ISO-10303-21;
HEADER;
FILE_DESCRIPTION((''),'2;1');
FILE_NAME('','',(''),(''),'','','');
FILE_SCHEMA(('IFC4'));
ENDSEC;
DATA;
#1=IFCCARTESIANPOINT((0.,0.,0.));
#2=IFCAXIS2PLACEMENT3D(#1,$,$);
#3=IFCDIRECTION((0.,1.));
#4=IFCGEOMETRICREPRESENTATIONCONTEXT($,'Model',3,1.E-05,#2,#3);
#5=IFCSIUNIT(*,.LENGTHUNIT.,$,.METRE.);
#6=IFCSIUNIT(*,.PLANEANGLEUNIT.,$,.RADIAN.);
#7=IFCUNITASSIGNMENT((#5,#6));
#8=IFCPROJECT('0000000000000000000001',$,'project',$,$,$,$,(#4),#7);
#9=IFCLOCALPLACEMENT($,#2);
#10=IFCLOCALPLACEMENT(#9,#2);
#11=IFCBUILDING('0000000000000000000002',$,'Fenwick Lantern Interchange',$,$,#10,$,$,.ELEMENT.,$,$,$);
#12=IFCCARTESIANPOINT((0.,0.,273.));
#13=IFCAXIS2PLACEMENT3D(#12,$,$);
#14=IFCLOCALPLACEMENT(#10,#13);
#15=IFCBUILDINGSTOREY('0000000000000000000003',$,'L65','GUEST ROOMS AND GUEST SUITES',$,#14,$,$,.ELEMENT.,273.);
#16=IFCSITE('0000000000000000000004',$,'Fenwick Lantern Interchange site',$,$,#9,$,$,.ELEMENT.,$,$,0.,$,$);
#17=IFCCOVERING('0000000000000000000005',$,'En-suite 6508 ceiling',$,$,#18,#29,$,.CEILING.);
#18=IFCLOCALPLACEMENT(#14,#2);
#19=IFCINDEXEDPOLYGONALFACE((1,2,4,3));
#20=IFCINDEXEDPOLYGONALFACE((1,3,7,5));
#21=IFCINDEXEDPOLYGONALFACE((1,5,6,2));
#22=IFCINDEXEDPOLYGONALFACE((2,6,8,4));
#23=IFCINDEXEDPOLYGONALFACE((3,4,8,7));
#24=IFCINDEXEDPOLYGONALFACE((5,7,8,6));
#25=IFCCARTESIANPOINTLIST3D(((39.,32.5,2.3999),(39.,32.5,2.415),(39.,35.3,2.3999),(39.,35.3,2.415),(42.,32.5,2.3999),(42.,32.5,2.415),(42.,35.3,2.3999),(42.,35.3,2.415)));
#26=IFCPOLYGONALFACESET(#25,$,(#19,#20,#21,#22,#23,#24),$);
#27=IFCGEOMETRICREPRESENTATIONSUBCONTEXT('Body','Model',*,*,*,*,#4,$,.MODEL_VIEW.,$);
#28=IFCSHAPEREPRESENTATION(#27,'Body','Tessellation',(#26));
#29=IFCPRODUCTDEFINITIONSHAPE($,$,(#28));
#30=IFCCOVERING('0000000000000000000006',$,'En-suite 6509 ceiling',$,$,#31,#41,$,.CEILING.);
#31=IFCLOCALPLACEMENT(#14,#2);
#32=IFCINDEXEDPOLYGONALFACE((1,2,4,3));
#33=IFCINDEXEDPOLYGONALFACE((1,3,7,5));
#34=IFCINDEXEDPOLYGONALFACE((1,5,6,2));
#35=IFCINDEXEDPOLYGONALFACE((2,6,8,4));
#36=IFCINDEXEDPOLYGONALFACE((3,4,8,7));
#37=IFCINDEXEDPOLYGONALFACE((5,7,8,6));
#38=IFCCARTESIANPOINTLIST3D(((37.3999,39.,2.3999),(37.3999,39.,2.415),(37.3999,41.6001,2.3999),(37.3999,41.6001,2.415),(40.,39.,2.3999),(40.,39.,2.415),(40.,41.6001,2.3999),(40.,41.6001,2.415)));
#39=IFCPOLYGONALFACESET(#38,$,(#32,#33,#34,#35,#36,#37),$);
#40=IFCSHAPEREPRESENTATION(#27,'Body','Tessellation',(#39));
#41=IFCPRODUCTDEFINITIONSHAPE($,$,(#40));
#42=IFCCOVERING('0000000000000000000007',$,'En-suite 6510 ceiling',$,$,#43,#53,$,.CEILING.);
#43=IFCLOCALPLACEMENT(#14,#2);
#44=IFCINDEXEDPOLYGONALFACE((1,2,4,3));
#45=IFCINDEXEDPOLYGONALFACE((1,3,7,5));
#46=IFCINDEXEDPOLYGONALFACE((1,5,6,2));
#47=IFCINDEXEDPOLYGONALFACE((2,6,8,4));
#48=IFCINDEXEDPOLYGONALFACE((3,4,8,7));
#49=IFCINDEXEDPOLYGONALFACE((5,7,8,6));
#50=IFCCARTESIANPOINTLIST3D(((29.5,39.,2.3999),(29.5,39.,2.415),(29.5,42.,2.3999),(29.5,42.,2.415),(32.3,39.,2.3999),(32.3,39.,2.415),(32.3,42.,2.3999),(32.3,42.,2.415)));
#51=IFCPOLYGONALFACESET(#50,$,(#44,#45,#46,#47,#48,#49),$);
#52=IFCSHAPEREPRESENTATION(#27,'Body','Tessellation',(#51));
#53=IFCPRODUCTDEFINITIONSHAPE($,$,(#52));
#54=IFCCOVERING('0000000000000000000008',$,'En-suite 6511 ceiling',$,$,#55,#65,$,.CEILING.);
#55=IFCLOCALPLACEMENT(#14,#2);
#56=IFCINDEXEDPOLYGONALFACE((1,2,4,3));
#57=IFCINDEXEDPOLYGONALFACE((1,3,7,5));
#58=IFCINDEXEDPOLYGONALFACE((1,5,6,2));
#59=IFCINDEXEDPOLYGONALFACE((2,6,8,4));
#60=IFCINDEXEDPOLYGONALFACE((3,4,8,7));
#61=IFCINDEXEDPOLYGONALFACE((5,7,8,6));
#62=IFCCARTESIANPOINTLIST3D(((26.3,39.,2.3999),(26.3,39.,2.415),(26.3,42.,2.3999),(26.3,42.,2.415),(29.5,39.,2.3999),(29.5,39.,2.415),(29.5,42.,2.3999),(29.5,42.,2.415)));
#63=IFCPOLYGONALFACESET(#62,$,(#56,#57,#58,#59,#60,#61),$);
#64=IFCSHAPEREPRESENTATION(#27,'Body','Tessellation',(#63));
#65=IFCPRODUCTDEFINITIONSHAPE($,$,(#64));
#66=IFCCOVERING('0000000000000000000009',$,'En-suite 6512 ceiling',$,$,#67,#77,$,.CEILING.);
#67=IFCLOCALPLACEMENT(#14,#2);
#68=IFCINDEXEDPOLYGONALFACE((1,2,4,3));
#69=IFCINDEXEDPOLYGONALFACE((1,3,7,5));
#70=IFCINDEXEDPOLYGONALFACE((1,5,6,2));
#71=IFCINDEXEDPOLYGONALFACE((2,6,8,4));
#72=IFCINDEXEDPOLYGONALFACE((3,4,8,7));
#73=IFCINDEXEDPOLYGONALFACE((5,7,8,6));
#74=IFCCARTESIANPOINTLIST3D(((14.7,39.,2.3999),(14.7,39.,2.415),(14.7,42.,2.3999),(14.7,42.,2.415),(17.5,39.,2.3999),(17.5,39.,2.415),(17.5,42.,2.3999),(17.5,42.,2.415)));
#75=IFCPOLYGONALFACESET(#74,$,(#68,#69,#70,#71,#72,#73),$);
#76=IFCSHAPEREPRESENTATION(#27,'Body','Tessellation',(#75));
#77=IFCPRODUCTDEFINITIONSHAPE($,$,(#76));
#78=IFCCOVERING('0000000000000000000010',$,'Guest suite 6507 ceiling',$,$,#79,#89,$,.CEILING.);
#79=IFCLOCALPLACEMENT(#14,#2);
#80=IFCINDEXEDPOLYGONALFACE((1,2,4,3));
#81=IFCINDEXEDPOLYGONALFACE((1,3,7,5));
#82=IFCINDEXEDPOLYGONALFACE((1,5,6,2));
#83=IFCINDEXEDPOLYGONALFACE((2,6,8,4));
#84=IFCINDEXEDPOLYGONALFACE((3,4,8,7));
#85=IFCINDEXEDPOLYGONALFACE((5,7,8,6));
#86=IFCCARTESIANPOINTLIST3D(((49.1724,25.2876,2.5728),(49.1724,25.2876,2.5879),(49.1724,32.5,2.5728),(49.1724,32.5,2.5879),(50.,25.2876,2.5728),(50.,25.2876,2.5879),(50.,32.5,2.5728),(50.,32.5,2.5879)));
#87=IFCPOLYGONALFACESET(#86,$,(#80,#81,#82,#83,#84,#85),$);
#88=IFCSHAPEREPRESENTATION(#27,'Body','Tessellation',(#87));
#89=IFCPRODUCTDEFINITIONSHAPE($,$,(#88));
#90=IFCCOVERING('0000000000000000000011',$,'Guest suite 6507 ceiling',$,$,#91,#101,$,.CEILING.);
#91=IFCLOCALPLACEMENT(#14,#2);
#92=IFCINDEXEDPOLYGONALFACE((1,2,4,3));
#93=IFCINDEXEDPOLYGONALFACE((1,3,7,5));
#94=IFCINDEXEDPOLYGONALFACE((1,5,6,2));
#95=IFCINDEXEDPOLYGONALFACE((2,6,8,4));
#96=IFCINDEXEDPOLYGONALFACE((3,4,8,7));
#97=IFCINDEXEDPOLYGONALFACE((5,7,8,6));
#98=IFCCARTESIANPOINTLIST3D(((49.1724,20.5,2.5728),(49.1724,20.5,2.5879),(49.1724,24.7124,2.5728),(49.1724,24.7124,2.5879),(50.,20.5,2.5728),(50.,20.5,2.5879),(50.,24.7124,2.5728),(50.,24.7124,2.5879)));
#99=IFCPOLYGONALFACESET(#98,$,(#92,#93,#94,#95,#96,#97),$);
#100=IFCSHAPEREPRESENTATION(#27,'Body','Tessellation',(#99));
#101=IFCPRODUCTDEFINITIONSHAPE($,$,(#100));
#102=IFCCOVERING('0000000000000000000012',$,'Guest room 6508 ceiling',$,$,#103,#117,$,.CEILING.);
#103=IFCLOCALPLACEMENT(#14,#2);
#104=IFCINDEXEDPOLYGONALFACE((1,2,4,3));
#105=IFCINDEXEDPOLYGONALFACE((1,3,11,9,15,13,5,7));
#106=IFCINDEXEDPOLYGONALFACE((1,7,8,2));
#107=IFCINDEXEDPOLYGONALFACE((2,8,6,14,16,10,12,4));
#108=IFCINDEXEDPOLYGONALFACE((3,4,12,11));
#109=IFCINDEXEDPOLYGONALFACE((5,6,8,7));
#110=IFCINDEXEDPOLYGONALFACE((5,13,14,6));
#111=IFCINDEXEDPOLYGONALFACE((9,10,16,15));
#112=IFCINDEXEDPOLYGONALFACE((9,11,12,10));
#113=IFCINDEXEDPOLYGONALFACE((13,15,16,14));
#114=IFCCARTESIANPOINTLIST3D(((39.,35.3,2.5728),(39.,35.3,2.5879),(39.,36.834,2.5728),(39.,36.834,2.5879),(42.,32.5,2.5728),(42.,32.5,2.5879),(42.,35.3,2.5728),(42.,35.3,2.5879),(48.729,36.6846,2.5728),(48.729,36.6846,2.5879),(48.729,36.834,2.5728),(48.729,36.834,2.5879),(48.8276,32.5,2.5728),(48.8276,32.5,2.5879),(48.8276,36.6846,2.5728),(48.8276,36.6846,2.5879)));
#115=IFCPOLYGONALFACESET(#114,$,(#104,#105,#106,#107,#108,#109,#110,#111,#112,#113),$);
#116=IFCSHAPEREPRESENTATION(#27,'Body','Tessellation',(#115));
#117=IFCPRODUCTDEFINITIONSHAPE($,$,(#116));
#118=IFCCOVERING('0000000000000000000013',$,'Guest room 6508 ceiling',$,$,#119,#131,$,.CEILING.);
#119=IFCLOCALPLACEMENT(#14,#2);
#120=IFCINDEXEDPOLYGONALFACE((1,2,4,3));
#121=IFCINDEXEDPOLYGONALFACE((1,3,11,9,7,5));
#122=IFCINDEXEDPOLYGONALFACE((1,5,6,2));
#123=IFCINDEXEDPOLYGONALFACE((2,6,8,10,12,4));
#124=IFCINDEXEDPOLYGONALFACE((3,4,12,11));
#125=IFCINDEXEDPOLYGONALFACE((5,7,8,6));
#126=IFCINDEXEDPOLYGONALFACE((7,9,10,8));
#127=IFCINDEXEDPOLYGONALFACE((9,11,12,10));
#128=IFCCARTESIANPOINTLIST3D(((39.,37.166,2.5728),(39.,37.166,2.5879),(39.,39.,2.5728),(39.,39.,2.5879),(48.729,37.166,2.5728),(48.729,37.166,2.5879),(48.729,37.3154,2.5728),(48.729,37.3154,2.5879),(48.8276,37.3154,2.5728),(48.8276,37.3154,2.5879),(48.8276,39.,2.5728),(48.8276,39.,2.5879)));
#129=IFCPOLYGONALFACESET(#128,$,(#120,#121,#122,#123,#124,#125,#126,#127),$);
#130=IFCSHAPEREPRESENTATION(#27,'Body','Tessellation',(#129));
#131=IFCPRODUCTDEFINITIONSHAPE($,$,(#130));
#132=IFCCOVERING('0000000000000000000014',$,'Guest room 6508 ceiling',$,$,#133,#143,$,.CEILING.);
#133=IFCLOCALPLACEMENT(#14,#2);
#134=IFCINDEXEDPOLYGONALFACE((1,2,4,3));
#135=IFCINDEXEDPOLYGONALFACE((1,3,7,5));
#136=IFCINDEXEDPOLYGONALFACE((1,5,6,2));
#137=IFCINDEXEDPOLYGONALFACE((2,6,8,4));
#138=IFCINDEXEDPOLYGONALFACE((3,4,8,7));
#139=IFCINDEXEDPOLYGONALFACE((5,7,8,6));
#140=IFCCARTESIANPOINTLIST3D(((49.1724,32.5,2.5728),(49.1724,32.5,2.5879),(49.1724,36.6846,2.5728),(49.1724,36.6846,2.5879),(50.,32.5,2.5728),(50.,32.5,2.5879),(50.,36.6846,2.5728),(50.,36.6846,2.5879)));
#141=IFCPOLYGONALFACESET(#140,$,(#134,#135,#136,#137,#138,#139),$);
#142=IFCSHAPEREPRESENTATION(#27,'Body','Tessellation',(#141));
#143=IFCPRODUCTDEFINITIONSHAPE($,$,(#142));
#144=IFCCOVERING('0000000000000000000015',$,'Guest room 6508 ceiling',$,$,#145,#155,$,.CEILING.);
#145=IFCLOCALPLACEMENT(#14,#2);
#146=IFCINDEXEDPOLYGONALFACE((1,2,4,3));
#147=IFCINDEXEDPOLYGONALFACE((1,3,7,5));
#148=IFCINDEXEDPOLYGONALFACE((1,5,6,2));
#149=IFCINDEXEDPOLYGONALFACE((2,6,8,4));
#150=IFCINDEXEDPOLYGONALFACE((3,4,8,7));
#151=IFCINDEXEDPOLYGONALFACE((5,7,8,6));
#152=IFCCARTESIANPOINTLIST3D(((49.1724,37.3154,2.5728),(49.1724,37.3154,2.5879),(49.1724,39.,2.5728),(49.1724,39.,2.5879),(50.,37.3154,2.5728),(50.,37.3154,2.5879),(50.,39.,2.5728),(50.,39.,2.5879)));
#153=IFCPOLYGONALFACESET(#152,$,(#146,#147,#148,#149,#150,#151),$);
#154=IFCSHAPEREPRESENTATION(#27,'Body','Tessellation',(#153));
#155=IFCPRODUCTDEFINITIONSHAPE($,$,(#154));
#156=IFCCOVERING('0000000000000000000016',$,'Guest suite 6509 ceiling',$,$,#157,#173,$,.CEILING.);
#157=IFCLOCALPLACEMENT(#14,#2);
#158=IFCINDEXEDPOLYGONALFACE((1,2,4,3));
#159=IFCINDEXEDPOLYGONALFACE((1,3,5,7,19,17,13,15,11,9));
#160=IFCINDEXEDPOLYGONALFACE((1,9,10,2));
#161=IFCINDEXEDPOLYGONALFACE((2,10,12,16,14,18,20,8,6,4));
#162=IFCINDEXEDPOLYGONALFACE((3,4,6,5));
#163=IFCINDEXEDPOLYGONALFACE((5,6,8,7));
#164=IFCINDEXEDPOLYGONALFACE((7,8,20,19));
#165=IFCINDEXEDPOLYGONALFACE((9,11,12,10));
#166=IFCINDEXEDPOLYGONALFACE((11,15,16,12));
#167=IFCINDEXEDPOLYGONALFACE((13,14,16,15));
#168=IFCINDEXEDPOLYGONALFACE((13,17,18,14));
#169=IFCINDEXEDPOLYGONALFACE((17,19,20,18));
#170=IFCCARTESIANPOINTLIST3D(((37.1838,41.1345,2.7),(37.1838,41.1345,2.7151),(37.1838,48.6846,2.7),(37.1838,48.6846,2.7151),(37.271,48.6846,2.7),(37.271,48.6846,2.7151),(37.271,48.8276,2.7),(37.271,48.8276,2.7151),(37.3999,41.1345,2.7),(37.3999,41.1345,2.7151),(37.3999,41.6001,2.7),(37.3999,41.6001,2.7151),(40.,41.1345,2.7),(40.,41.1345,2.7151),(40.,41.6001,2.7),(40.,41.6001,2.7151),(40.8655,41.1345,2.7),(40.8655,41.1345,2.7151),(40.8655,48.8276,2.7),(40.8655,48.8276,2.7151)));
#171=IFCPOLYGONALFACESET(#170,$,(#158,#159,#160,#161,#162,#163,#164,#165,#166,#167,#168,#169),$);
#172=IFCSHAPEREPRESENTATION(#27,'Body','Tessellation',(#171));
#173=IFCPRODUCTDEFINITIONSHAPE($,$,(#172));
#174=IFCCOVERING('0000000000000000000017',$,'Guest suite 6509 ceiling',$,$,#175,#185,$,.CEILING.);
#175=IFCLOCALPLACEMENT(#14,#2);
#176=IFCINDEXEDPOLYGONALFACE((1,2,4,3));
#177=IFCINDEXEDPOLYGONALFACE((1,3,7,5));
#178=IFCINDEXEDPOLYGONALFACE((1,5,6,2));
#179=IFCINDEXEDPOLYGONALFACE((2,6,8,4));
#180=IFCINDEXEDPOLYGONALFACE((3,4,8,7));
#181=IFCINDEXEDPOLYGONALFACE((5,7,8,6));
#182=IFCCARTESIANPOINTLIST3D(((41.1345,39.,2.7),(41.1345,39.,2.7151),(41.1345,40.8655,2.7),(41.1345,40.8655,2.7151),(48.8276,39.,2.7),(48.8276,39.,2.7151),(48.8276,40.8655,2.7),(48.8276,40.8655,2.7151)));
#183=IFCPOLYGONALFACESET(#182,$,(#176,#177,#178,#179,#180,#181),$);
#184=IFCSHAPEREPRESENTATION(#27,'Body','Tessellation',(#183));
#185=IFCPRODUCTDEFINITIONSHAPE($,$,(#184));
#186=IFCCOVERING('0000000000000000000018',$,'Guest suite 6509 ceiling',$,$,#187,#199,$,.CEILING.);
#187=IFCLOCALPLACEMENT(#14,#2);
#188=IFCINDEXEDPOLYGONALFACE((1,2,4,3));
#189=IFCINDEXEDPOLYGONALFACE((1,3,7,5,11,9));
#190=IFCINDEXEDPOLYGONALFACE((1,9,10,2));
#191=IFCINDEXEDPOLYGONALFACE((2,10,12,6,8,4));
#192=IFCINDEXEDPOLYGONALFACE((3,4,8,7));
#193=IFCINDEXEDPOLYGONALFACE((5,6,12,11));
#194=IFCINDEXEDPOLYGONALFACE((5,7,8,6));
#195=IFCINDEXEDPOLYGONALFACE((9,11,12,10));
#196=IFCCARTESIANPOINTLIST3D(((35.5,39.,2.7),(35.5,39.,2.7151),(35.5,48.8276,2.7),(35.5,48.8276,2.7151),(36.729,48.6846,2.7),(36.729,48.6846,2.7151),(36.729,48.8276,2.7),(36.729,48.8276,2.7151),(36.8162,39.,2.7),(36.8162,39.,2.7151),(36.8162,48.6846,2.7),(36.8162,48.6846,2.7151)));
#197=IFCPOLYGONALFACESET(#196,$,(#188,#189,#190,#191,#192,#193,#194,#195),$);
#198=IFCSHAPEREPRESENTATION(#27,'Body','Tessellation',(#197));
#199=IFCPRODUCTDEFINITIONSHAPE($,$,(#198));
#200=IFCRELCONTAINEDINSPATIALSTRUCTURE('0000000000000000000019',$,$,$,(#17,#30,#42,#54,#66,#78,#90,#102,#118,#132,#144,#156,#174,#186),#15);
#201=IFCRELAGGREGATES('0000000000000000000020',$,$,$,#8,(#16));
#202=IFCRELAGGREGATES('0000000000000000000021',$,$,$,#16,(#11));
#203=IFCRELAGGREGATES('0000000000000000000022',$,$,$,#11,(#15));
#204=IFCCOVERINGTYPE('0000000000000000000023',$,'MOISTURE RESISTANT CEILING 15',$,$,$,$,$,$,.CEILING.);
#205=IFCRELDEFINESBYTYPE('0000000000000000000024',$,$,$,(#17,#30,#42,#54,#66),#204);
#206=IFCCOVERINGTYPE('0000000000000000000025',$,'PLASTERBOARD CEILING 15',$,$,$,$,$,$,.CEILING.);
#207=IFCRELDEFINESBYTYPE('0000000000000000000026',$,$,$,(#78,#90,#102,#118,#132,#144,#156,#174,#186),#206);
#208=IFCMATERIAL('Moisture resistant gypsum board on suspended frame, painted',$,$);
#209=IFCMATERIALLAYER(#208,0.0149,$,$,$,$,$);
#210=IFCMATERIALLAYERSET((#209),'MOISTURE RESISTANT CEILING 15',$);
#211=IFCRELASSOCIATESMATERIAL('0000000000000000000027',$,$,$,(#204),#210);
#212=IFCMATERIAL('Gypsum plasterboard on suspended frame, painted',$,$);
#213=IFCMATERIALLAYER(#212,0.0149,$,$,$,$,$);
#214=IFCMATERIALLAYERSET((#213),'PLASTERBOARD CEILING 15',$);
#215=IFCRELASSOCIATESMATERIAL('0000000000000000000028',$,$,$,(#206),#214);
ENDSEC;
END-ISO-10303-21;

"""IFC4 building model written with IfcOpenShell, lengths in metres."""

from ifc_helpers import new_model, si_unit, direction, frame, origin, place, context, subcontext, project, spatial, polyline, outline, extrude, material, layer, layer_set, type_object, element, save


model = new_model("IFC4")

# Units and contexts
model_context = context("Model", 3, precision=1e-05, world=origin(), true_north=direction((0.0, 1.0)))
body_context = subcontext(model_context, "Body", "Model", "MODEL_VIEW")
ifc_project = project(units=[si_unit("LENGTHUNIT", "METRE"), si_unit("PLANEANGLEUNIT", "RADIAN")], contexts=[model_context])

# Site, building, storey
site_placement = place(None, origin())
site = spatial("IfcSite", under=ifc_project, at=site_placement, Name="Fenwick Lantern Interchange site", CompositionType="ELEMENT", RefElevation=0.0)
building_placement = place(site_placement, origin())
building = spatial("IfcBuilding", under=site, at=building_placement, Name="Fenwick Lantern Interchange", CompositionType="ELEMENT")
storey_placement = place(building_placement, frame((0.0, 0.0, 273.0)))
storey = spatial("IfcBuildingStorey", under=building, at=storey_placement, Name="L65", Description="GUEST ROOMS AND GUEST SUITES", CompositionType="ELEMENT", Elevation=273.0)

# Coverings
ifc_material_1 = material(Name="Moisture resistant gypsum board on suspended frame, painted")
ifc_layer_1 = layer(ifc_material_1, 0.0149)
ifc_layer_set_1 = layer_set([ifc_layer_1], Name="MOISTURE RESISTANT CEILING 15")
covering_type_1 = type_object("IfcCoveringType", Name="MOISTURE RESISTANT CEILING 15", PredefinedType="CEILING", material=ifc_layer_set_1)
covering_1_placement = place(storey_placement, frame((0.0, 0.0, 2.3999)))
element("IfcCovering", 1, at=covering_1_placement, inside=storey, type_object=covering_type_1, Name="En-suite 6508 ceiling", PredefinedType="CEILING", context=body_context, shape_type="SweptSolid", body=[
    extrude(outline(polyline([(42.0, 32.5), (42.0, 35.3), (39.0, 35.3), (39.0, 32.5), (42.0, 32.5)])), origin(), (0.0, 0.0, 1.0), 0.0151),
])
covering_2_placement = place(storey_placement, frame((0.0, 0.0, 2.3999)))
element("IfcCovering", 2, at=covering_2_placement, inside=storey, type_object=covering_type_1, Name="En-suite 6509 ceiling", PredefinedType="CEILING", context=body_context, shape_type="SweptSolid", body=[
    extrude(outline(polyline([(40.0, 41.6001), (37.3999, 41.6001), (37.3999, 39.0), (40.0, 39.0), (40.0, 41.6001)])), origin(), (0.0, 0.0, 1.0), 0.0151),
])
covering_3_placement = place(storey_placement, frame((0.0, 0.0, 2.3999)))
element("IfcCovering", 3, at=covering_3_placement, inside=storey, type_object=covering_type_1, Name="En-suite 6510 ceiling", PredefinedType="CEILING", context=body_context, shape_type="SweptSolid", body=[
    extrude(outline(polyline([(32.3, 42.0), (29.5, 42.0), (29.5, 39.0), (32.3, 39.0), (32.3, 42.0)])), origin(), (0.0, 0.0, 1.0), 0.0151),
])
covering_4_placement = place(storey_placement, frame((0.0, 0.0, 2.3999)))
element("IfcCovering", 4, at=covering_4_placement, inside=storey, type_object=covering_type_1, Name="En-suite 6511 ceiling", PredefinedType="CEILING", context=body_context, shape_type="SweptSolid", body=[
    extrude(outline(polyline([(29.5, 42.0), (26.3, 42.0), (26.3, 39.0), (29.5, 39.0), (29.5, 42.0)])), origin(), (0.0, 0.0, 1.0), 0.0151),
])
covering_5_placement = place(storey_placement, frame((0.0, 0.0, 2.3999)))
element("IfcCovering", 5, at=covering_5_placement, inside=storey, type_object=covering_type_1, Name="En-suite 6512 ceiling", PredefinedType="CEILING", context=body_context, shape_type="SweptSolid", body=[
    extrude(outline(polyline([(17.5, 42.0), (14.7, 42.0), (14.7, 39.0), (17.5, 39.0), (17.5, 42.0)])), origin(), (0.0, 0.0, 1.0), 0.0151),
])
ifc_material_2 = material(Name="Gypsum plasterboard on suspended frame, painted")
ifc_layer_2 = layer(ifc_material_2, 0.0149)
ifc_layer_set_2 = layer_set([ifc_layer_2], Name="PLASTERBOARD CEILING 15")
covering_type_2 = type_object("IfcCoveringType", Name="PLASTERBOARD CEILING 15", PredefinedType="CEILING", material=ifc_layer_set_2)
covering_6_placement = place(storey_placement, frame((0.0, 0.0, 2.5728)))
element("IfcCovering", 6, at=covering_6_placement, inside=storey, type_object=covering_type_2, Name="Guest suite 6507 ceiling", PredefinedType="CEILING", context=body_context, shape_type="SweptSolid", body=[
    extrude(outline(polyline([(50.0, 25.2876), (50.0, 32.5), (49.1724, 32.5), (49.1724, 25.2876), (50.0, 25.2876)])), origin(), (0.0, 0.0, 1.0), 0.0151),
])
covering_7_placement = place(storey_placement, frame((0.0, 0.0, 2.5728)))
element("IfcCovering", 7, at=covering_7_placement, inside=storey, type_object=covering_type_2, Name="Guest suite 6507 ceiling", PredefinedType="CEILING", context=body_context, shape_type="SweptSolid", body=[
    extrude(outline(polyline([(50.0, 24.7124), (49.1724, 24.7124), (49.1724, 20.5), (50.0, 20.5), (50.0, 24.7124)])), origin(), (0.0, 0.0, 1.0), 0.0151),
])
covering_8_placement = place(storey_placement, frame((0.0, 0.0, 2.5728)))
element("IfcCovering", 8, at=covering_8_placement, inside=storey, type_object=covering_type_2, Name="Guest room 6508 ceiling", PredefinedType="CEILING", context=body_context, shape_type="SweptSolid", body=[
    extrude(outline(polyline([(48.729, 36.6846), (48.729, 36.834), (39.0, 36.834), (39.0, 35.3), (42.0, 35.3), (42.0, 32.5), (48.8276, 32.5), (48.8276, 36.6846), (48.729, 36.6846)])), origin(), (0.0, 0.0, 1.0), 0.0151),
])
covering_9_placement = place(storey_placement, frame((0.0, 0.0, 2.5728)))
element("IfcCovering", 9, at=covering_9_placement, inside=storey, type_object=covering_type_2, Name="Guest room 6508 ceiling", PredefinedType="CEILING", context=body_context, shape_type="SweptSolid", body=[
    extrude(outline(polyline([(48.729, 37.3154), (48.8276, 37.3154), (48.8276, 39.0), (39.0, 39.0), (39.0, 37.166), (48.729, 37.166), (48.729, 37.3154)])), origin(), (0.0, 0.0, 1.0), 0.0151),
])
covering_10_placement = place(storey_placement, frame((0.0, 0.0, 2.5728)))
element("IfcCovering", 10, at=covering_10_placement, inside=storey, type_object=covering_type_2, Name="Guest room 6508 ceiling", PredefinedType="CEILING", context=body_context, shape_type="SweptSolid", body=[
    extrude(outline(polyline([(50.0, 36.6846), (49.1724, 36.6846), (49.1724, 32.5), (50.0, 32.5), (50.0, 36.6846)])), origin(), (0.0, 0.0, 1.0), 0.0151),
])
covering_11_placement = place(storey_placement, frame((0.0, 0.0, 2.5728)))
element("IfcCovering", 11, at=covering_11_placement, inside=storey, type_object=covering_type_2, Name="Guest room 6508 ceiling", PredefinedType="CEILING", context=body_context, shape_type="SweptSolid", body=[
    extrude(outline(polyline([(50.0, 37.3154), (50.0, 39.0), (49.1724, 39.0), (49.1724, 37.3154), (50.0, 37.3154)])), origin(), (0.0, 0.0, 1.0), 0.0151),
])
covering_12_placement = place(storey_placement, frame((0.0, 0.0, 2.7)))
element("IfcCovering", 12, at=covering_12_placement, inside=storey, type_object=covering_type_2, Name="Guest suite 6509 ceiling", PredefinedType="CEILING", context=body_context, shape_type="SweptSolid", body=[
    extrude(outline(polyline([(40.0, 41.6001), (40.0, 41.1345), (40.8655, 41.1345), (40.8655, 48.8276), (37.271, 48.8276), (37.271, 48.6846), (37.1838, 48.6846), (37.1838, 41.1345), (37.3999, 41.1345), (37.3999, 41.6001), (40.0, 41.6001)])), origin(), (0.0, 0.0, 1.0), 0.0151),
])
covering_13_placement = place(storey_placement, frame((0.0, 0.0, 2.7)))
element("IfcCovering", 13, at=covering_13_placement, inside=storey, type_object=covering_type_2, Name="Guest suite 6509 ceiling", PredefinedType="CEILING", context=body_context, shape_type="SweptSolid", body=[
    extrude(outline(polyline([(41.1345, 39.0), (48.8276, 39.0), (48.8276, 40.8655), (41.1345, 40.8655), (41.1345, 39.0)])), origin(), (0.0, 0.0, 1.0), 0.0151),
])
covering_14_placement = place(storey_placement, frame((0.0, 0.0, 2.7)))
element("IfcCovering", 14, at=covering_14_placement, inside=storey, type_object=covering_type_2, Name="Guest suite 6509 ceiling", PredefinedType="CEILING", context=body_context, shape_type="SweptSolid", body=[
    extrude(outline(polyline([(35.5, 39.0), (36.8162, 39.0), (36.8162, 48.6846), (36.729, 48.6846), (36.729, 48.8276), (35.5, 48.8276), (35.5, 39.0)])), origin(), (0.0, 0.0, 1.0), 0.0151),
])

save(model, "model.ifc")
